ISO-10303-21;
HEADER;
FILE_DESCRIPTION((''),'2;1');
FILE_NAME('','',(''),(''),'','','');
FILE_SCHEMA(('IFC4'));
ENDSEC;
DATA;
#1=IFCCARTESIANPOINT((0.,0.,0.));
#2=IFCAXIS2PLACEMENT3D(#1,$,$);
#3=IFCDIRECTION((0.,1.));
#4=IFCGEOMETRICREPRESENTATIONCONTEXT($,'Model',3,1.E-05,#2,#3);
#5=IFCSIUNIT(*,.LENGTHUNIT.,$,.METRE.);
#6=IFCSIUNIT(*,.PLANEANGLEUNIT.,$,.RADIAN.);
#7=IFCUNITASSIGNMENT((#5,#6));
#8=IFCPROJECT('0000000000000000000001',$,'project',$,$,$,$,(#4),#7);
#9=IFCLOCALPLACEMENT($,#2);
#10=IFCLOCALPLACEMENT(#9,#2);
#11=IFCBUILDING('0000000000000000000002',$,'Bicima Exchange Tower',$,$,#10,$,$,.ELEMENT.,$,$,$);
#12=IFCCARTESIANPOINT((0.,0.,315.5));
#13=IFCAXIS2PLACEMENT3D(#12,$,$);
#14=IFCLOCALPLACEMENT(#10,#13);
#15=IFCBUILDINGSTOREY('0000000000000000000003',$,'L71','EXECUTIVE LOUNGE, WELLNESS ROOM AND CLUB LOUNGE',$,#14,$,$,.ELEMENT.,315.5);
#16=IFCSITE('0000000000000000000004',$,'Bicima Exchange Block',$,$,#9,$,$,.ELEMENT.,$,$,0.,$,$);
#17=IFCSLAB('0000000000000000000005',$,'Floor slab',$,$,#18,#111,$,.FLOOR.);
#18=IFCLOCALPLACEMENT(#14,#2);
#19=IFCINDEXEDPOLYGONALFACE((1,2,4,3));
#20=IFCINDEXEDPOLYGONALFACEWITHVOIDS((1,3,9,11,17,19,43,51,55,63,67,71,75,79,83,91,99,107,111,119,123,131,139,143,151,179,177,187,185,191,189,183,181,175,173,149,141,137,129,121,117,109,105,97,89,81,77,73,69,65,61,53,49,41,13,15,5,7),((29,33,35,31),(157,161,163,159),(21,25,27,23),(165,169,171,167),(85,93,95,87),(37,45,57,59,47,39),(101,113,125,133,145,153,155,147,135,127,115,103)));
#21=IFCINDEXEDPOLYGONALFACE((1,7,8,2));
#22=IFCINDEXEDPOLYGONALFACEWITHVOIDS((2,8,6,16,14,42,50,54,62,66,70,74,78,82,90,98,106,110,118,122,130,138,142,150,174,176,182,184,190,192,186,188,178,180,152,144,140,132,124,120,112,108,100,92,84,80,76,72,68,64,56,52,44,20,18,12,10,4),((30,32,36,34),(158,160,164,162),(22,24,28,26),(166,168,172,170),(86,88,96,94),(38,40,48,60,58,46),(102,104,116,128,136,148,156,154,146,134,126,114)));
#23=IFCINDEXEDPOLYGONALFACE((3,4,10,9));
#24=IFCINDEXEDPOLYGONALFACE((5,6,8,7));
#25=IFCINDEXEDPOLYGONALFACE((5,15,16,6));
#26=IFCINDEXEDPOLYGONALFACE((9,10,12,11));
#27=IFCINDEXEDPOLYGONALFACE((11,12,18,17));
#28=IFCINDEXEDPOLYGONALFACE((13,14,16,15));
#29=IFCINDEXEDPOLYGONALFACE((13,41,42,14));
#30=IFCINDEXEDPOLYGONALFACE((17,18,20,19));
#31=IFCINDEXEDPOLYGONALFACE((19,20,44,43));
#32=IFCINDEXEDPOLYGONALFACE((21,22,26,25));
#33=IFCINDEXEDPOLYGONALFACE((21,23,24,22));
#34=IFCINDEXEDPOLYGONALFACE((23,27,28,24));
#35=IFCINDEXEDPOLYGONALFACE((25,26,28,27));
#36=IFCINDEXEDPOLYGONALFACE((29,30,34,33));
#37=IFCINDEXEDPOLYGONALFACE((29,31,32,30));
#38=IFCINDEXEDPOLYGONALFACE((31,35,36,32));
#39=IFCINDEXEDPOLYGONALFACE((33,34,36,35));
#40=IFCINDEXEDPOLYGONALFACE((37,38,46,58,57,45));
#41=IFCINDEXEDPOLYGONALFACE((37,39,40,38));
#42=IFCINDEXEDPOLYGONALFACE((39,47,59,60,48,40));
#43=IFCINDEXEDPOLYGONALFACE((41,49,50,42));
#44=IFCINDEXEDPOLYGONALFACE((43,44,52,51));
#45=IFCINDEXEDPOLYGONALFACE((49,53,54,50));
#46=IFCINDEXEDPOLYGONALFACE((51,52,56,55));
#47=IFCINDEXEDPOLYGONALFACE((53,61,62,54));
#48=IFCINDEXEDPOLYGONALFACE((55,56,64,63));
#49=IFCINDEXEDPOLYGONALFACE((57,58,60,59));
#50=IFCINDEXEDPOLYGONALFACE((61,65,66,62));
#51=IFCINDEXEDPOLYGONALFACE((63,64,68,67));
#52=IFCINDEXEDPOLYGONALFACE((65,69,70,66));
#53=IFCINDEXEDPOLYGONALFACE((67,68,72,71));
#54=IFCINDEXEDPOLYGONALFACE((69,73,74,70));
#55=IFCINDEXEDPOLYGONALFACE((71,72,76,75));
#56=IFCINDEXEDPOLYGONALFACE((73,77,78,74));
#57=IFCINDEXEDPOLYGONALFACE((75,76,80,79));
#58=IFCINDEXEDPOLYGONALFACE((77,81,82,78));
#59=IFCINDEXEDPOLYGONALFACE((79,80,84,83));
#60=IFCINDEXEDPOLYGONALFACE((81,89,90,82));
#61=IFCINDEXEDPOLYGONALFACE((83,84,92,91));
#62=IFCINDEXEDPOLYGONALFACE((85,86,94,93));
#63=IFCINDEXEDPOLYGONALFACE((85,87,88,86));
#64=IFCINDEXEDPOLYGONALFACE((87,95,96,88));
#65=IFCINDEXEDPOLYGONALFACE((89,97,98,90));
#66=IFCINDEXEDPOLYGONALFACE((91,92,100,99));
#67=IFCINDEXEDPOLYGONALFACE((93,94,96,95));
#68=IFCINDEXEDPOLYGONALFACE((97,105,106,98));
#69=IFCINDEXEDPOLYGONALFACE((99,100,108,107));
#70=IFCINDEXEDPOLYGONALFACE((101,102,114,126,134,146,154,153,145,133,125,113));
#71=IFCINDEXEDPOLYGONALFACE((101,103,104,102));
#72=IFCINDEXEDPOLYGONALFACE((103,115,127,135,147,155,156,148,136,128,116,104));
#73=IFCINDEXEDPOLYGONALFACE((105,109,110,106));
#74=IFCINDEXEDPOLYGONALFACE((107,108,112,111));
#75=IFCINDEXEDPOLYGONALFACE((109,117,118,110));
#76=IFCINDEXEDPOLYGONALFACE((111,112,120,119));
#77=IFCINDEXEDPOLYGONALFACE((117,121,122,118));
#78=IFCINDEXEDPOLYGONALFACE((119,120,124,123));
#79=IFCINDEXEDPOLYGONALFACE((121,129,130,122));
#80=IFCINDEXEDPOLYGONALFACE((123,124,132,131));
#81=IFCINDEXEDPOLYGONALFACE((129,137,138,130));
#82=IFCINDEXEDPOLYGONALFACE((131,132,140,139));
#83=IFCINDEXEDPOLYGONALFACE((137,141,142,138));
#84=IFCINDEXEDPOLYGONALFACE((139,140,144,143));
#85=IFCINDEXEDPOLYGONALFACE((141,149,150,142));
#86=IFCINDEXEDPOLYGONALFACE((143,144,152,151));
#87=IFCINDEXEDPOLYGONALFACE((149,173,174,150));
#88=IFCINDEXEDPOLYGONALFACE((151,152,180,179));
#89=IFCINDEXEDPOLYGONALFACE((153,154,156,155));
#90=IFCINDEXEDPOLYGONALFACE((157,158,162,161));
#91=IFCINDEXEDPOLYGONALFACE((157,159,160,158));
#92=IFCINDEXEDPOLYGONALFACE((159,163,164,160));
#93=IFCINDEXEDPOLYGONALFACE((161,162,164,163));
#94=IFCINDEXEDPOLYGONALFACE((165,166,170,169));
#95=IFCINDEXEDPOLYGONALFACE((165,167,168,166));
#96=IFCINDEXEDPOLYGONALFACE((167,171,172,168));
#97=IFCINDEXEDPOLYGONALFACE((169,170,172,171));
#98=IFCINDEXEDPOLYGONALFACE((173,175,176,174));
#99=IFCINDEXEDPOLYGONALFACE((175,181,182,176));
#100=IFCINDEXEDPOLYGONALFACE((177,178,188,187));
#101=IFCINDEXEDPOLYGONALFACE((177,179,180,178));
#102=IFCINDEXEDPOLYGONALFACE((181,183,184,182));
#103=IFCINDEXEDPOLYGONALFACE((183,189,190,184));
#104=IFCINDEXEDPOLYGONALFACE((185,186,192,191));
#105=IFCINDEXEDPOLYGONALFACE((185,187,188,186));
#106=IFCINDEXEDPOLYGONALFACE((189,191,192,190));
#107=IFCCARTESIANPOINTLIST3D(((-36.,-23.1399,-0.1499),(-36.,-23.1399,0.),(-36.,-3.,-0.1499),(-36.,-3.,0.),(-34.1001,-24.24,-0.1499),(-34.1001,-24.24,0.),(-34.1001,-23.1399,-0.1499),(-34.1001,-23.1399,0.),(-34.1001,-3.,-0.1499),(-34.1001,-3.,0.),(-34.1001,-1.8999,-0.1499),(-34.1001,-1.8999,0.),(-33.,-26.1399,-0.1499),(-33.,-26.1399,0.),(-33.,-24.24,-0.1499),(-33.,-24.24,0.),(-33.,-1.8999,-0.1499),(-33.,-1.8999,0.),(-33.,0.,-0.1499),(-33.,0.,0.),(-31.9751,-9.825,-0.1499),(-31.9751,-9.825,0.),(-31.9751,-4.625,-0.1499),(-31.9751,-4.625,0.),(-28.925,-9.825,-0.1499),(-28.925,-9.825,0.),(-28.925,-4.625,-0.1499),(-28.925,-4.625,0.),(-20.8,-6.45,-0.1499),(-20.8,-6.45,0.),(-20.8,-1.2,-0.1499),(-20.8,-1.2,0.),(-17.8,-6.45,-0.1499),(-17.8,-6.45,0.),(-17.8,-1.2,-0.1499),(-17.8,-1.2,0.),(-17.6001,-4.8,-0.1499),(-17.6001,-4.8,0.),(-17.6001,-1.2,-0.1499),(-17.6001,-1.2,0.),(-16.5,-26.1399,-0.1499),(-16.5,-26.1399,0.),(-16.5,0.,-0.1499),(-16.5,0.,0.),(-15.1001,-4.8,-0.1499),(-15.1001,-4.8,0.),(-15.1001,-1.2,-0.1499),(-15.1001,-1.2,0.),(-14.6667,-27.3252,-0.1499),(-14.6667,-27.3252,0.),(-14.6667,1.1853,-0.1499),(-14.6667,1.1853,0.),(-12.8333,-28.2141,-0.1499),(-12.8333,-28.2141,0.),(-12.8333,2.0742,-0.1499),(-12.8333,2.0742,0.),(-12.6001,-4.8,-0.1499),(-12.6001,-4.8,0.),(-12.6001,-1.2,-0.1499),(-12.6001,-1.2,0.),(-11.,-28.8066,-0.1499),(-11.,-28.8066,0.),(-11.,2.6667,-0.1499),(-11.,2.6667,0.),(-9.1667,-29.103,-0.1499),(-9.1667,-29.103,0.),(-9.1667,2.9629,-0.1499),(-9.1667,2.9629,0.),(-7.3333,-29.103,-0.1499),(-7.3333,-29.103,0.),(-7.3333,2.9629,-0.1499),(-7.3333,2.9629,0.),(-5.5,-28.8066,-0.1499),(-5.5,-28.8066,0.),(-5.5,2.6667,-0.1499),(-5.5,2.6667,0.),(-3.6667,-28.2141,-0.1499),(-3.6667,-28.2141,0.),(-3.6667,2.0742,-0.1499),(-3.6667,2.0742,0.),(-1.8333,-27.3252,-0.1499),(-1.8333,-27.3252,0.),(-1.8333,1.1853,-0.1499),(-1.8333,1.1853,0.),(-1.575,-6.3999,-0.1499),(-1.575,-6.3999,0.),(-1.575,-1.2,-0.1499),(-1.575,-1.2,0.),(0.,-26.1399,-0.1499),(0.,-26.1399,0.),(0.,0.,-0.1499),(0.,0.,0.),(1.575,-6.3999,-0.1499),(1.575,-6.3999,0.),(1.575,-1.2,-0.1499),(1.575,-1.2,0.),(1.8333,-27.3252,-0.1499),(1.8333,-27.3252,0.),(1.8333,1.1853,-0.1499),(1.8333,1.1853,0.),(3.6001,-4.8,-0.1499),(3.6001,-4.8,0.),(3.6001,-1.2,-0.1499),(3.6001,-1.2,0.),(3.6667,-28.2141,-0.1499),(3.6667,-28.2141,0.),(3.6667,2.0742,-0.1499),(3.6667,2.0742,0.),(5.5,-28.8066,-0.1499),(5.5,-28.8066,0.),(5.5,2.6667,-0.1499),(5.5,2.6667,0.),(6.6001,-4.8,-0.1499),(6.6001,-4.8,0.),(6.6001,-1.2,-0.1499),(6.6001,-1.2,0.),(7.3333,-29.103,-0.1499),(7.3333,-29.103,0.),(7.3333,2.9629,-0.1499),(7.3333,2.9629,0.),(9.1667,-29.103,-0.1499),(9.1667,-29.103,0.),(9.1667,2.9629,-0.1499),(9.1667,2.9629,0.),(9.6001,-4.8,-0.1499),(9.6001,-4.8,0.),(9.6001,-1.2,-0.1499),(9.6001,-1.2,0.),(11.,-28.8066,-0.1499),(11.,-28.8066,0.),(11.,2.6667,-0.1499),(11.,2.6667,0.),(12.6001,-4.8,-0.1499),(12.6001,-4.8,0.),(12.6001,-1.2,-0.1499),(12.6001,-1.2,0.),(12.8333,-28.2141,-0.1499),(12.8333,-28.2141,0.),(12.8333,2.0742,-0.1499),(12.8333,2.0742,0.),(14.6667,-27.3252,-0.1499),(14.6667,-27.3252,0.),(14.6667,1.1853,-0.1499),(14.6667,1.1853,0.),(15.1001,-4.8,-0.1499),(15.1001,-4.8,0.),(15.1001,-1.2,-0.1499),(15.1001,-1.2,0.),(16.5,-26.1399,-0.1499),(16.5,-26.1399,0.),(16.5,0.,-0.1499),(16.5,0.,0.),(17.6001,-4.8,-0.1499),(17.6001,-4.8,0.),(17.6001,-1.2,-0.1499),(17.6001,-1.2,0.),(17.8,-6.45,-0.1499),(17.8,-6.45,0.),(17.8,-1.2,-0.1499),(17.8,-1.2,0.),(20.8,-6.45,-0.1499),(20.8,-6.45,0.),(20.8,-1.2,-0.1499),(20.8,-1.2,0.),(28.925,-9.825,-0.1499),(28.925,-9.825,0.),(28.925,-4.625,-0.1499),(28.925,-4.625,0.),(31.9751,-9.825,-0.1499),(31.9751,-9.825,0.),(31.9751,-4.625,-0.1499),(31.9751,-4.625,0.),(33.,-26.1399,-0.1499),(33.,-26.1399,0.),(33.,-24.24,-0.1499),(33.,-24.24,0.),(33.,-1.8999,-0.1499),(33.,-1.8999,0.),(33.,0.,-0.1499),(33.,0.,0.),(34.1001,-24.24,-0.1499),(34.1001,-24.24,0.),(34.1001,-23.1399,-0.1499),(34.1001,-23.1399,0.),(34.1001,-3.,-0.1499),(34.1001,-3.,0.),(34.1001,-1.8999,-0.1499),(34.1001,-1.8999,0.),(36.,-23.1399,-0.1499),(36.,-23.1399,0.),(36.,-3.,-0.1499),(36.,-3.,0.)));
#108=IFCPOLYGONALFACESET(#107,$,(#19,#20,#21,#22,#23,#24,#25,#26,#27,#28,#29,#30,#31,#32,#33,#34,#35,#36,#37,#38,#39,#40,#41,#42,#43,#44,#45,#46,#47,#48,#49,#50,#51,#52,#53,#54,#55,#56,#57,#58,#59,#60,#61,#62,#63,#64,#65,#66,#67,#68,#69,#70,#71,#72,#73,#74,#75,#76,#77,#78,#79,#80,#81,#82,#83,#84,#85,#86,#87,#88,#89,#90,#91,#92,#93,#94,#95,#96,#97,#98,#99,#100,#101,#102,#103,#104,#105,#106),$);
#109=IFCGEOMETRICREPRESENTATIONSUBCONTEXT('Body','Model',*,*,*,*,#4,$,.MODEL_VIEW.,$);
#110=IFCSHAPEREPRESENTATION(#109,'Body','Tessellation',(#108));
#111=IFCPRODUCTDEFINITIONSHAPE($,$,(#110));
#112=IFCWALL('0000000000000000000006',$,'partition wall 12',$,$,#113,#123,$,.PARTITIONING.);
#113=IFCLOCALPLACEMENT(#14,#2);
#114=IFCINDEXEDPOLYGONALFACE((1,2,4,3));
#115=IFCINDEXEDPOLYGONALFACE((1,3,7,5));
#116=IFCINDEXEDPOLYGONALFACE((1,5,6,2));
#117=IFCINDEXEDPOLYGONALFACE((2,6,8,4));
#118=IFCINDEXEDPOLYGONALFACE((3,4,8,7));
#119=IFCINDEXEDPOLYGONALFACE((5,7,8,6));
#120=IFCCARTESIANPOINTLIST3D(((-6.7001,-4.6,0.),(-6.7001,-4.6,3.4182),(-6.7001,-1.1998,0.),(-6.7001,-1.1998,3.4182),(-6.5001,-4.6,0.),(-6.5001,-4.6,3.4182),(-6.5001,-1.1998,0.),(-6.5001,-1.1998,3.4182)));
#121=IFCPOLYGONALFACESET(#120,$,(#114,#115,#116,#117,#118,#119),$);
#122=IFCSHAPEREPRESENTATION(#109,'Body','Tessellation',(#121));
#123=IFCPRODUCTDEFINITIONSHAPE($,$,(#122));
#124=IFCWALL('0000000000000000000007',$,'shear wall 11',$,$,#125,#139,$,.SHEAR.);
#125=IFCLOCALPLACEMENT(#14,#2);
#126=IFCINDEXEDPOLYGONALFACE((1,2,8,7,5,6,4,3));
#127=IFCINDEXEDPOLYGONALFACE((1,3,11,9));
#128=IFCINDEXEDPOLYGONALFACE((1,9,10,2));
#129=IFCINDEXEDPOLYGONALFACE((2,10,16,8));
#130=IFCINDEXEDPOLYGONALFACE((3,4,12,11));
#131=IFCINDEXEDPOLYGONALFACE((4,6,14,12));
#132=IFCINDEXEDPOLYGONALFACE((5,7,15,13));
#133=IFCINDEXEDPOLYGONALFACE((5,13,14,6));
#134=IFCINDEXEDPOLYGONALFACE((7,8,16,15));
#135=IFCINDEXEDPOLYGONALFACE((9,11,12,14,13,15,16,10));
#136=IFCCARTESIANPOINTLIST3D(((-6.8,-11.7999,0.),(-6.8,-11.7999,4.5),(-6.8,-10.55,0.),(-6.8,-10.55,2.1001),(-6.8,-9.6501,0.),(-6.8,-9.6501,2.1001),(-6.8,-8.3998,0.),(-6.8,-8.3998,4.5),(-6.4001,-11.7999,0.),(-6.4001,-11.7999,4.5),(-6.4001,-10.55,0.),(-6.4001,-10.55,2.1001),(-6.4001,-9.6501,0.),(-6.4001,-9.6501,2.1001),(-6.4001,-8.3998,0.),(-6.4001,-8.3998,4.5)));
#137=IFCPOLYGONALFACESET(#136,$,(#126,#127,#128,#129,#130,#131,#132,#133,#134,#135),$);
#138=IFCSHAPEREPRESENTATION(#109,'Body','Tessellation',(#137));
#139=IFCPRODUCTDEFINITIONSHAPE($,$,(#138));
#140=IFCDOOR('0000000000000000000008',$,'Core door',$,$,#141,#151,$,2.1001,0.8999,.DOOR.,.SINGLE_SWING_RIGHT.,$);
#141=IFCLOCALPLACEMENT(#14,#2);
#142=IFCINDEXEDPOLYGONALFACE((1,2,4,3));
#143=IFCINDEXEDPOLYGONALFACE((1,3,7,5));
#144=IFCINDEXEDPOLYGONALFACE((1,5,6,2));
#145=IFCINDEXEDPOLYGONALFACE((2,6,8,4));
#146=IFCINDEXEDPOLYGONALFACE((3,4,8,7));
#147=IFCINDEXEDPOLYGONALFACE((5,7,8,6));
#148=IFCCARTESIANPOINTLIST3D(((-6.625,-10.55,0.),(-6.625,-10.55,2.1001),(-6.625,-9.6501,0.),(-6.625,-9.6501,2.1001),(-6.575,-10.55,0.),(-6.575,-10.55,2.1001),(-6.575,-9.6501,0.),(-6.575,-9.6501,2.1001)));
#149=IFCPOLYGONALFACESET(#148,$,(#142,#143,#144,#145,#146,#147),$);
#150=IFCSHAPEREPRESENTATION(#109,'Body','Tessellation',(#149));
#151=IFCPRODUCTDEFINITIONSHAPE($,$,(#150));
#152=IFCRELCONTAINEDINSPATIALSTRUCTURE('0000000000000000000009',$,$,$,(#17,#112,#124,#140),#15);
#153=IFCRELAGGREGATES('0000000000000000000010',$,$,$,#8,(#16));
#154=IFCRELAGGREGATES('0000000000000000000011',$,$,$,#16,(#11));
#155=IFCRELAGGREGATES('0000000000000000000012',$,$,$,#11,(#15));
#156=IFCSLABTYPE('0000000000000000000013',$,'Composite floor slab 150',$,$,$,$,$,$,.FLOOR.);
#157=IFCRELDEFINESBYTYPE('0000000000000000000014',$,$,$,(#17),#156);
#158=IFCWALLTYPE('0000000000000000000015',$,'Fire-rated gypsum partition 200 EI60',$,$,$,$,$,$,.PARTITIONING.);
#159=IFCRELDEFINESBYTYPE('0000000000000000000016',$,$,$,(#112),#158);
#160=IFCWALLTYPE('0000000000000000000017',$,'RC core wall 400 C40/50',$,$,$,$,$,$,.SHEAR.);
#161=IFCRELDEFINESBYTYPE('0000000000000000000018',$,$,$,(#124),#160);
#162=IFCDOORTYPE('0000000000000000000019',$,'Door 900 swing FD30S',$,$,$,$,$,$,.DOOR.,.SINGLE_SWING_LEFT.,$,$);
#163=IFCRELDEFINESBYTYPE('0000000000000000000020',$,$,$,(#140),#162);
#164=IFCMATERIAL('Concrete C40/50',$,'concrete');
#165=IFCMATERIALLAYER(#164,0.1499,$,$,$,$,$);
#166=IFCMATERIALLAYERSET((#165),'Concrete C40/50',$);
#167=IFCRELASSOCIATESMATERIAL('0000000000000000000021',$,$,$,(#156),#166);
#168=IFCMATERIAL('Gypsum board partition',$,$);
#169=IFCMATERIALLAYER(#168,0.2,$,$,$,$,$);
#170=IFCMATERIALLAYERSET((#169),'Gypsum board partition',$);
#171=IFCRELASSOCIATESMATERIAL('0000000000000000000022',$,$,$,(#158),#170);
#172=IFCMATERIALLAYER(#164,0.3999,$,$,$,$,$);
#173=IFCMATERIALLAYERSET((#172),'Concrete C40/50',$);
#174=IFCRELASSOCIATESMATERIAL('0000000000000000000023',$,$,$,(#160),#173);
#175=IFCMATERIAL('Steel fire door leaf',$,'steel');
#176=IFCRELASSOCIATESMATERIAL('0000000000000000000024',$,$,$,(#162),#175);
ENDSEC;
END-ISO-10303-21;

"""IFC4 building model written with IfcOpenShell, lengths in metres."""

from ifc_helpers import new_model, si_unit, direction, frame, frame_2d, origin, place, context, subcontext, project, spatial, polyline, rectangle, outline, extrude, material, layer, layer_set, type_object, element, fill, save


model = new_model("IFC4")

# Units and contexts
model_context = context("Model", 3, precision=1e-05, world=origin(), true_north=direction((0.0, 1.0)))
body_context = subcontext(model_context, "Body", "Model", "MODEL_VIEW")
ifc_project = project(units=[si_unit("LENGTHUNIT", "METRE"), si_unit("PLANEANGLEUNIT", "RADIAN")], contexts=[model_context])

# Site, building, storey
site_placement = place(None, origin())
site = spatial("IfcSite", under=ifc_project, at=site_placement, Name="Bicima Exchange Block", CompositionType="ELEMENT", RefElevation=0.0)
building_placement = place(site_placement, origin())
building = spatial("IfcBuilding", under=site, at=building_placement, Name="Bicima Exchange Tower", CompositionType="ELEMENT")
storey_placement = place(building_placement, frame((0.0, 0.0, 315.5)))
storey = spatial("IfcBuildingStorey", under=building, at=storey_placement, Name="L71", Description="EXECUTIVE LOUNGE, WELLNESS ROOM AND CLUB LOUNGE", CompositionType="ELEMENT", Elevation=315.5)

# Slab
ifc_material_1 = material(Name="Concrete C40/50", Category="concrete")
ifc_layer_1 = layer(ifc_material_1, 0.1499)
ifc_layer_set_1 = layer_set([ifc_layer_1], Name="Concrete C40/50")
slab_type = type_object("IfcSlabType", Name="Composite floor slab 150", PredefinedType="FLOOR", material=ifc_layer_set_1)
slab_placement = place(storey_placement, frame((0.0, 0.0, -0.1499)))
element("IfcSlab", 1, at=slab_placement, inside=storey, type_object=slab_type, Name="Floor slab", PredefinedType="FLOOR", context=body_context, shape_type="SweptSolid", body=[
    extrude(outline(polyline([(-36.0, -23.1399), (-36.0, -3.0), (-34.1001, -3.0), (-34.1001, -1.8999), (-33.0, -1.8999), (-33.0, 0.0), (-16.5, 0.0), (-14.6667, 1.1853), (-12.8333, 2.0742), (-11.0, 2.6667), (-9.1667, 2.9629), (-7.3333, 2.9629), (-5.5, 2.6667), (-3.6667, 2.0742), (-1.8333, 1.1853), (0.0, 0.0), (1.8333, 1.1853), (3.6667, 2.0742), (5.5, 2.6667), (7.3333, 2.9629), (9.1667, 2.9629), (11.0, 2.6667), (12.8333, 2.0742), (14.6667, 1.1853), (16.5, 0.0), (33.0, 0.0), (33.0, -1.8999), (34.1001, -1.8999), (34.1001, -3.0), (36.0, -3.0), (36.0, -23.1399), (34.1001, -23.1399), (34.1001, -24.24), (33.0, -24.24), (33.0, -26.1399), (16.5, -26.1399), (14.6667, -27.3252), (12.8333, -28.2141), (11.0, -28.8066), (9.1667, -29.103), (7.3333, -29.103), (5.5, -28.8066), (3.6667, -28.2141), (1.8333, -27.3252), (0.0, -26.1399), (-1.8333, -27.3252), (-3.6667, -28.2141), (-5.5, -28.8066), (-7.3333, -29.103), (-9.1667, -29.103), (-11.0, -28.8066), (-12.8333, -28.2141), (-14.6667, -27.3252), (-16.5, -26.1399), (-33.0, -26.1399), (-33.0, -24.24), (-34.1001, -24.24), (-34.1001, -23.1399), (-36.0, -23.1399)]), holes=[polyline([(-28.925, -9.825), (-28.925, -4.625), (-31.9751, -4.625), (-31.9751, -9.825), (-28.925, -9.825)]), polyline([(-20.8, -6.45), (-17.8, -6.45), (-17.8, -1.2), (-20.8, -1.2), (-20.8, -6.45)]), polyline([(-1.575, -6.3999), (1.575, -6.3999), (1.575, -1.2), (-1.575, -1.2), (-1.575, -6.3999)]), polyline([(-12.6001, -1.2), (-15.1001, -1.2), (-17.6001, -1.2), (-17.6001, -4.8), (-15.1001, -4.8), (-12.6001, -4.8), (-12.6001, -1.2)]), polyline([(3.6001, -4.8), (6.6001, -4.8), (9.6001, -4.8), (12.6001, -4.8), (15.1001, -4.8), (17.6001, -4.8), (17.6001, -1.2), (15.1001, -1.2), (12.6001, -1.2), (9.6001, -1.2), (6.6001, -1.2), (3.6001, -1.2), (3.6001, -4.8)]), polyline([(31.9751, -9.825), (31.9751, -4.625), (28.925, -4.625), (28.925, -9.825), (31.9751, -9.825)]), polyline([(17.8, -6.45), (20.8, -6.45), (20.8, -1.2), (17.8, -1.2), (17.8, -6.45)])]), origin(), (0.0, 0.0, 1.0), 0.1499),
])

# Wall
ifc_material_2 = material(Name="Gypsum board partition")
ifc_layer_2 = layer(ifc_material_2, 0.2)
ifc_layer_set_2 = layer_set([ifc_layer_2], Name="Gypsum board partition")
wall_type_1 = type_object("IfcWallType", Name="Fire-rated gypsum partition 200 EI60", PredefinedType="PARTITIONING", material=ifc_layer_set_2)
wall_1_placement = place(storey_placement, frame((-6.6001, -4.6001, 0.0), z_axis=(0.0, 0.0, 1.0), x_axis=(0.0, 1.0, 0.0)))
element("IfcWall", 2, at=wall_1_placement, inside=storey, type_object=wall_type_1, Name="partition wall 12", PredefinedType="PARTITIONING", context=body_context, shape_type="SweptSolid", body=[
    extrude(rectangle(XDim=3.4001, YDim=0.2, at=frame_2d((1.7002, 0.0))), origin(), (0.0, 0.0, 1.0), 3.4182),
])

# Wall, opening, door
ifc_layer_3 = layer(ifc_material_1, 0.3999)
ifc_layer_set_3 = layer_set([ifc_layer_3], Name="Concrete C40/50")
wall_type_2 = type_object("IfcWallType", Name="RC core wall 400 C40/50", PredefinedType="SHEAR", material=ifc_layer_set_3)
wall_2_placement = place(storey_placement, frame((-6.6001, -11.8, 0.0), z_axis=(0.0, 0.0, 1.0), x_axis=(0.0, 1.0, 0.0)))
wall_2 = element("IfcWall", 3, at=wall_2_placement, inside=storey, type_object=wall_type_2, Name="shear wall 11", PredefinedType="SHEAR", context=body_context, shape_type="SweptSolid", body=[
    extrude(rectangle(XDim=3.4001, YDim=0.3999, at=frame_2d((1.7002, 0.0))), origin(), (0.0, 0.0, 1.0), 4.5),
])
opening_1_placement = place(wall_2_placement, frame((1.25, 0.0, 0.0)))
opening_1 = element("IfcOpeningElement", 4, at=opening_1_placement, cuts=wall_2, PredefinedType="OPENING", context=body_context, shape_type="SweptSolid", body=[
    extrude(rectangle(XDim=0.8999, YDim=2.1001, at=frame_2d((0.45, 1.05))), frame((0.0, 0.2119, 0.0), z_axis=(0.0, -1.0, 0.0), x_axis=(1.0, 0.0, 0.0)), (0.0, 0.0, 1.0), 0.4238),
])
ifc_material_3 = material(Name="Steel fire door leaf", Category="steel")
door_type_1 = type_object("IfcDoorType", Name="Door 900 swing FD30S", OperationType="SINGLE_SWING_LEFT", PredefinedType="DOOR", material=ifc_material_3)
door_1_placement = place(opening_1_placement, origin())
door_1 = element("IfcDoor", 5, at=door_1_placement, inside=storey, type_object=door_type_1, Name="Core door", OperationType="SINGLE_SWING_RIGHT", OverallHeight=2.1001, OverallWidth=0.8999, PredefinedType="DOOR", context=body_context, shape_type="SweptSolid", body=[
    extrude(rectangle(XDim=0.8999, YDim=2.1001, at=frame_2d((0.45, 1.05))), frame((0.0, 0.0249, 0.0), z_axis=(0.0, -1.0, 0.0), x_axis=(1.0, 0.0, 0.0)), (0.0, 0.0, 1.0), 0.05),
])
fill(opening_1, door_1)

save(model, "model.ifc")
